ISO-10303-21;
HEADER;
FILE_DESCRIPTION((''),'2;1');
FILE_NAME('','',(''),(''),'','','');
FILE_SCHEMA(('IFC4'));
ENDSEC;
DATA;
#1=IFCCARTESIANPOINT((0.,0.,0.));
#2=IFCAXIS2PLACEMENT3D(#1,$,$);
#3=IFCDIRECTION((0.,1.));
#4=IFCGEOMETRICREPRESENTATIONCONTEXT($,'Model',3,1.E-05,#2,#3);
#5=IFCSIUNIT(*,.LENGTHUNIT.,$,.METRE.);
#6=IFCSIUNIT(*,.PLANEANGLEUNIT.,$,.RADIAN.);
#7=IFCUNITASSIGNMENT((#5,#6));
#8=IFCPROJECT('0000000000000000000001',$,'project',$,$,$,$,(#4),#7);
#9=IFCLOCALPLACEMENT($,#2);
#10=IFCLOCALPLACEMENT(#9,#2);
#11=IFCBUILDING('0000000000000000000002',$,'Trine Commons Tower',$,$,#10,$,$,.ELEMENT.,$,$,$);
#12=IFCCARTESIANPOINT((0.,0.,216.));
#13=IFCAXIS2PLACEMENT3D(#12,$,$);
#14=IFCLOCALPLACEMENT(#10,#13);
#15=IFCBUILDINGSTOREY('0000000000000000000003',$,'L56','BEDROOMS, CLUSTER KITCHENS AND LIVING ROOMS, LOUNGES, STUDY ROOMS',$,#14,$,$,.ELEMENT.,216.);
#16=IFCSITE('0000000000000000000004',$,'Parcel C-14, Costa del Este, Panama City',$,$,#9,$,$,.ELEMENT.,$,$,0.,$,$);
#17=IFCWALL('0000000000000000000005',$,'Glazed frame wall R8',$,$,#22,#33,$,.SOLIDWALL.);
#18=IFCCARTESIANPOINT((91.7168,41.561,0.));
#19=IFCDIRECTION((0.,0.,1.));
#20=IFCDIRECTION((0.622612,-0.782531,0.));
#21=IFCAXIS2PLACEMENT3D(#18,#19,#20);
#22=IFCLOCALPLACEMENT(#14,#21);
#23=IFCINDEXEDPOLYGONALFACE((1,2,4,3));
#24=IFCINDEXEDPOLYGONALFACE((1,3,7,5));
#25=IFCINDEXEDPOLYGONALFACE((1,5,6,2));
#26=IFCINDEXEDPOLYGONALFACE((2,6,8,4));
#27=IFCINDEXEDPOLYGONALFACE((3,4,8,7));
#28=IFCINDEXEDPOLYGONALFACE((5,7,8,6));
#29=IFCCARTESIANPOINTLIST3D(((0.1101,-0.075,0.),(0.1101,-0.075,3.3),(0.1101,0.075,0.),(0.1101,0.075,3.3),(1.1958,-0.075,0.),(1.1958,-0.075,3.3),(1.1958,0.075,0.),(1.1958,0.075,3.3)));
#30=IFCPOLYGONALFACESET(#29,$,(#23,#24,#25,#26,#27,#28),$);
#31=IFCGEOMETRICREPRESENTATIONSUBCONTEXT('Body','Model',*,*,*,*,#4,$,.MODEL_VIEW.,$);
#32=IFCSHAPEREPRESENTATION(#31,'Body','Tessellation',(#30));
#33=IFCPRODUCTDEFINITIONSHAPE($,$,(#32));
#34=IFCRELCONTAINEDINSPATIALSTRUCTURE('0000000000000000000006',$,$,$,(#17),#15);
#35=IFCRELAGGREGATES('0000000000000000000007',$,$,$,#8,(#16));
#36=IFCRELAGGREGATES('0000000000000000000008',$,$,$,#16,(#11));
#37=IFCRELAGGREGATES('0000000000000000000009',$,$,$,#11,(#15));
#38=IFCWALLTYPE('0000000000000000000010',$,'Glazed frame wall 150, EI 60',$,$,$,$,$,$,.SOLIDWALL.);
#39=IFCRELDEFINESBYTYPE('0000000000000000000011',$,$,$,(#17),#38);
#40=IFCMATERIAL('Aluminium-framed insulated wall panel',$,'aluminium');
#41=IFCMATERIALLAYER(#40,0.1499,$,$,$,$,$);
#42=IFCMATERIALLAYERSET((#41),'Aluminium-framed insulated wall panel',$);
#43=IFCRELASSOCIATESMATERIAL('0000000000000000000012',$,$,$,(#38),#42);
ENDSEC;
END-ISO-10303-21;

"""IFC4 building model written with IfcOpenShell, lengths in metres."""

from ifc_helpers import new_model, si_unit, direction, frame, origin, place, context, subcontext, project, spatial, polyline, outline, extrude, material, layer, layer_set, type_object, element, save


model = new_model("IFC4")

# Units and contexts
model_context = context("Model", 3, precision=1e-05, world=origin(), true_north=direction((0.0, 1.0)))
body_context = subcontext(model_context, "Body", "Model", "MODEL_VIEW")
ifc_project = project(units=[si_unit("LENGTHUNIT", "METRE"), si_unit("PLANEANGLEUNIT", "RADIAN")], contexts=[model_context])

# Site, building, storey
site_placement = place(None, origin())
site = spatial("IfcSite", under=ifc_project, at=site_placement, Name="Parcel C-14, Costa del Este, Panama City", CompositionType="ELEMENT", RefElevation=0.0)
building_placement = place(site_placement, origin())
building = spatial("IfcBuilding", under=site, at=building_placement, Name="Trine Commons Tower", CompositionType="ELEMENT")
storey_placement = place(building_placement, frame((0.0, 0.0, 216.0)))
storey = spatial("IfcBuildingStorey", under=building, at=storey_placement, Name="L56", Description="BEDROOMS, CLUSTER KITCHENS AND LIVING ROOMS, LOUNGES, STUDY ROOMS", CompositionType="ELEMENT", Elevation=216.0)

# Wall
ifc_material_1 = material(Name="Aluminium-framed insulated wall panel", Category="aluminium")
ifc_layer_1 = layer(ifc_material_1, 0.1499)
ifc_layer_set_1 = layer_set([ifc_layer_1], Name="Aluminium-framed insulated wall panel")
wall_type_1 = type_object("IfcWallType", Name="Glazed frame wall 150, EI 60", PredefinedType="SOLIDWALL", material=ifc_layer_set_1)
wall_1_placement = place(storey_placement, frame((91.7168, 41.561, 0.0), z_axis=(0.0, 0.0, 1.0), x_axis=(0.622612, -0.782531, 0.0)))
element("IfcWall", 1, at=wall_1_placement, inside=storey, type_object=wall_type_1, Name="Glazed frame wall R8", PredefinedType="SOLIDWALL", context=body_context, shape_type="SweptSolid", body=[
    extrude(outline(polyline([(0.1101, 0.075), (0.1101, -0.075), (1.1958, -0.075), (1.1958, 0.075), (0.1101, 0.075)])), origin(), (0.0, 0.0, 1.0), 3.3),
])

save(model, "model.ifc")
